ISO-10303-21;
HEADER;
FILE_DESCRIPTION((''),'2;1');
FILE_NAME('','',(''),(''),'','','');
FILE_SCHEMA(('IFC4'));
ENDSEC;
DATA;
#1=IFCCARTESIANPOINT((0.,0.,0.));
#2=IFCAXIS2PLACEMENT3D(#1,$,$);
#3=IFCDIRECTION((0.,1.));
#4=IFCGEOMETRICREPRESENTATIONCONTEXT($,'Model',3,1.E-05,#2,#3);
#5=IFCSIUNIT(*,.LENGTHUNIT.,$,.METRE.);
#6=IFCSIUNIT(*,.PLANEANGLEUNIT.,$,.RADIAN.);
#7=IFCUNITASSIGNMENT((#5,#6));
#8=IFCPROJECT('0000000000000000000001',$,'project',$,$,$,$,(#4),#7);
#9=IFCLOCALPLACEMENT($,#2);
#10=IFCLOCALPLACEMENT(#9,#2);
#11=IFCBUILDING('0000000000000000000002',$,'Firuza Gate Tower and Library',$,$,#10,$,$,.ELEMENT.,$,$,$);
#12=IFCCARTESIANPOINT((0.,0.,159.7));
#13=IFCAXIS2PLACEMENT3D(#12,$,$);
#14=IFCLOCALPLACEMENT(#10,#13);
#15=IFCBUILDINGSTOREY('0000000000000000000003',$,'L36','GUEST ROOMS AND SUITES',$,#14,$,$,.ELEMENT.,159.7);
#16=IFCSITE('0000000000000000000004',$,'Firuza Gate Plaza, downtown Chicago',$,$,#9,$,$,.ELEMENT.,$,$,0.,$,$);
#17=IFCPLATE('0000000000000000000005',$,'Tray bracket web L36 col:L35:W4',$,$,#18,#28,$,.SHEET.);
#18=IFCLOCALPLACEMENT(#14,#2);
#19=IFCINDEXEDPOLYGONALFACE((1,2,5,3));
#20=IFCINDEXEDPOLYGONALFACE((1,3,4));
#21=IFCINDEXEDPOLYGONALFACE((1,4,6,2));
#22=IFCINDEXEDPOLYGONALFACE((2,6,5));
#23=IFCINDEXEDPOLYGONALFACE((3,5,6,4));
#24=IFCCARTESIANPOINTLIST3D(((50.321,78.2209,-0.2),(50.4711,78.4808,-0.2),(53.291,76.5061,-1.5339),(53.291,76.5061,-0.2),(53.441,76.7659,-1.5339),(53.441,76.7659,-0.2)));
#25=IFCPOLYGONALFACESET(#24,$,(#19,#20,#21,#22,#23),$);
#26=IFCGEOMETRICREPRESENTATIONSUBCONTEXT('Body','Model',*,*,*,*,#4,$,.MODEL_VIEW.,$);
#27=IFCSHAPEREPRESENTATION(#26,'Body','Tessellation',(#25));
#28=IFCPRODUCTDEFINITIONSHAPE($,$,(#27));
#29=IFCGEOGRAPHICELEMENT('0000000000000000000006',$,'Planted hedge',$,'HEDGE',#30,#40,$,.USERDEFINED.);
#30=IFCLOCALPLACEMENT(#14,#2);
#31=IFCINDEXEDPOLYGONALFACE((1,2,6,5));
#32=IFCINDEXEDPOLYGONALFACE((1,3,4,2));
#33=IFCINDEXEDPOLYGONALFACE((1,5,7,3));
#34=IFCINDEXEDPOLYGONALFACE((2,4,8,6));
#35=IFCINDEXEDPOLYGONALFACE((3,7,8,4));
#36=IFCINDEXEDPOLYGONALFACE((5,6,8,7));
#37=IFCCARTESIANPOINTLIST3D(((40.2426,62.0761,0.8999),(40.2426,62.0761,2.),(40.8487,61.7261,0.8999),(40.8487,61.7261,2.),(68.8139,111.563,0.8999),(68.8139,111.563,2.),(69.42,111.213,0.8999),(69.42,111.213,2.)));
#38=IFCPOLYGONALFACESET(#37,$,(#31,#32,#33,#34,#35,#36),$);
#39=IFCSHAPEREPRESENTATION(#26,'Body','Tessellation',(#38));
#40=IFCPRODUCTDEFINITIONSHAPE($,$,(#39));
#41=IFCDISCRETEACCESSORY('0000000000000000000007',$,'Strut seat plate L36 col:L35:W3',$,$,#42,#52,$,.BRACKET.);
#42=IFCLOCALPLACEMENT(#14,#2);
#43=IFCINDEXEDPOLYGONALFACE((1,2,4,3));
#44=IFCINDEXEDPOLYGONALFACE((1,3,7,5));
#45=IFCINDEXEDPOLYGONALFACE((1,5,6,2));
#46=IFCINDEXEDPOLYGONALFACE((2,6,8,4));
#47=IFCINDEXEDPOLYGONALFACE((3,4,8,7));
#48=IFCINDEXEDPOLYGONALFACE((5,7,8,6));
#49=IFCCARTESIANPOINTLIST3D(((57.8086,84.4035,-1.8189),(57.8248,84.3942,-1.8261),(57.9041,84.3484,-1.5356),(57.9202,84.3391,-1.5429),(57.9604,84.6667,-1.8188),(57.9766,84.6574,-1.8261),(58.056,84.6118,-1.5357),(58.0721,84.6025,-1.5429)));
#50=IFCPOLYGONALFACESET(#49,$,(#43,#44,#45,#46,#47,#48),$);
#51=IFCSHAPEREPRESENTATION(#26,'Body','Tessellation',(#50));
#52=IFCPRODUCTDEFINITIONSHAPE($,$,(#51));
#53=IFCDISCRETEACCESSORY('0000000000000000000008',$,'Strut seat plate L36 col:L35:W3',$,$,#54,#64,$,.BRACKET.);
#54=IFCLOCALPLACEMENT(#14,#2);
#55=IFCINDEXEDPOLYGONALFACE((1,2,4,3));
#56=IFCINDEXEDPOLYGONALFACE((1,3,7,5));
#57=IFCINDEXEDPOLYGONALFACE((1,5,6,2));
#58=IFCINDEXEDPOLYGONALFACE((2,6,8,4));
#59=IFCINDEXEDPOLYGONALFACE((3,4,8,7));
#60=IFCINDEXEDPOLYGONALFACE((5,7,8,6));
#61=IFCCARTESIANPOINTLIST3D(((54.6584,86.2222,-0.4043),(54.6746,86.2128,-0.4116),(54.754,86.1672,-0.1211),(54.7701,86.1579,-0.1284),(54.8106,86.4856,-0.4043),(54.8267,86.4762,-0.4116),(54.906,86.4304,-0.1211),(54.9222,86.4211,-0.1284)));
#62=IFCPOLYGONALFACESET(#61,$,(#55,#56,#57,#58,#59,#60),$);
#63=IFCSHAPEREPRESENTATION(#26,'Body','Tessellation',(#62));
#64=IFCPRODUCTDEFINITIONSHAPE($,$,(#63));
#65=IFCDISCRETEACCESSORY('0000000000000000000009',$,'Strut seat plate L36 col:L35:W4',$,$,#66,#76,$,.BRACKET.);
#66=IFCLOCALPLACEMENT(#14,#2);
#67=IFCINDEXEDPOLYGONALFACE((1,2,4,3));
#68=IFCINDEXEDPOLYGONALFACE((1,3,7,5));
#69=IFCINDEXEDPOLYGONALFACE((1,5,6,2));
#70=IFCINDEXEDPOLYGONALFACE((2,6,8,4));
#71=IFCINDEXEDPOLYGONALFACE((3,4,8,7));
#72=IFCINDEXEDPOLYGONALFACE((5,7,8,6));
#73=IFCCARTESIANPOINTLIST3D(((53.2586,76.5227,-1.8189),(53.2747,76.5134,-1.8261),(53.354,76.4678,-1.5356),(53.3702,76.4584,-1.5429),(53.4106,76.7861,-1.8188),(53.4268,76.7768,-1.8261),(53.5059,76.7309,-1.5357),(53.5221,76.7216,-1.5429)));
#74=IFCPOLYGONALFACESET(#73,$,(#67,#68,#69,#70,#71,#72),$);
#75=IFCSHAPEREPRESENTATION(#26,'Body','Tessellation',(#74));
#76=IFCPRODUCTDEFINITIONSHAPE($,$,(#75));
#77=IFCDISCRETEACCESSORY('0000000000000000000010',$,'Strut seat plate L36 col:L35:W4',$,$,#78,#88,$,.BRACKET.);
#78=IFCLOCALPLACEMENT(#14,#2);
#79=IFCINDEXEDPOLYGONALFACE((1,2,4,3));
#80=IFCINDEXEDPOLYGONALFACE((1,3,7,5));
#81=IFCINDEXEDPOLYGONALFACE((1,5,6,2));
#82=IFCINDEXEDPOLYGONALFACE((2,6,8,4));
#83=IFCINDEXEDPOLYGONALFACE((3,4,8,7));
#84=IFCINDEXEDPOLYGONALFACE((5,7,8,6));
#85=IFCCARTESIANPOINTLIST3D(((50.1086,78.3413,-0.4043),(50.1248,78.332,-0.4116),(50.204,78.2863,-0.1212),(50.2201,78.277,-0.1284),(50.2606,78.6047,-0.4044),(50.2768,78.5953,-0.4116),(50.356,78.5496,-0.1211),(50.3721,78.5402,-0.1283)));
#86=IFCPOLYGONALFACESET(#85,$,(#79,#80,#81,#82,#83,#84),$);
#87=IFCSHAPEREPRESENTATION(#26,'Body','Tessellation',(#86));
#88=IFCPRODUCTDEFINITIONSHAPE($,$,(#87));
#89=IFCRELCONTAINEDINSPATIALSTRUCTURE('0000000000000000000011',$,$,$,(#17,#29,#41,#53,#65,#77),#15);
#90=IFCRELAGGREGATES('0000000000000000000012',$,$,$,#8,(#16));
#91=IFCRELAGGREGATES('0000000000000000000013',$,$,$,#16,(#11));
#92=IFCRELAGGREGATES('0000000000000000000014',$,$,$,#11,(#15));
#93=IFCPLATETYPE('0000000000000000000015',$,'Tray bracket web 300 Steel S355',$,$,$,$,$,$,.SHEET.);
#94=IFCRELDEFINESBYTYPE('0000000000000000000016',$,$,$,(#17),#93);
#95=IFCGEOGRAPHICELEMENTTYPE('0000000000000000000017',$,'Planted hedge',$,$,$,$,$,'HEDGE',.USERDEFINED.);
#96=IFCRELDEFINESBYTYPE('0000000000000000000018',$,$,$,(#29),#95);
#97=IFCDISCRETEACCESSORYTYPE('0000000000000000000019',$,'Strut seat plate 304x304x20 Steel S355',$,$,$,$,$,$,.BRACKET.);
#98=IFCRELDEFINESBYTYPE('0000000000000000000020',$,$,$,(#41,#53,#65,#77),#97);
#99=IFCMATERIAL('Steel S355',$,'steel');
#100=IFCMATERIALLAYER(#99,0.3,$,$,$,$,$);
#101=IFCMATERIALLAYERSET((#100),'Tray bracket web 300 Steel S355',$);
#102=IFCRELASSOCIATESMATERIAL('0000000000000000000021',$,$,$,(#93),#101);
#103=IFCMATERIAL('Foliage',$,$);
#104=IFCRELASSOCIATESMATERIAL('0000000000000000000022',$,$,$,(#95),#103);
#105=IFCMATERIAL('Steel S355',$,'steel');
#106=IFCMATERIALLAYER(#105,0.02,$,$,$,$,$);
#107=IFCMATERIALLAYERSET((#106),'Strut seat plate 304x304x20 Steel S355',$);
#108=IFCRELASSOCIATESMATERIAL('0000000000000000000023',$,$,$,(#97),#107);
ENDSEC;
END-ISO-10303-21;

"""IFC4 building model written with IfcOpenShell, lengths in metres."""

from ifc_helpers import new_model, si_unit, direction, frame, origin, origin_2d, place, context, subcontext, project, spatial, polyline, rectangle, outline, extrude, material, layer, layer_set, type_object, element, save


model = new_model("IFC4")

# Units and contexts
model_context = context("Model", 3, precision=1e-05, world=origin(), true_north=direction((0.0, 1.0)))
body_context = subcontext(model_context, "Body", "Model", "MODEL_VIEW")
ifc_project = project(units=[si_unit("LENGTHUNIT", "METRE"), si_unit("PLANEANGLEUNIT", "RADIAN")], contexts=[model_context])

# Site, building, storey
site_placement = place(None, origin())
site = spatial("IfcSite", under=ifc_project, at=site_placement, Name="Firuza Gate Plaza, downtown Chicago", CompositionType="ELEMENT", RefElevation=0.0)
building_placement = place(site_placement, origin())
building = spatial("IfcBuilding", under=site, at=building_placement, Name="Firuza Gate Tower and Library", CompositionType="ELEMENT")
storey_placement = place(building_placement, frame((0.0, 0.0, 159.7)))
storey = spatial("IfcBuildingStorey", under=building, at=storey_placement, Name="L36", Description="GUEST ROOMS AND SUITES", CompositionType="ELEMENT", Elevation=159.7)

# Plate
ifc_material_1 = material(Name="Steel S355", Category="steel")
ifc_layer_1 = layer(ifc_material_1, 0.3)
ifc_layer_set_1 = layer_set([ifc_layer_1], Name="Tray bracket web 300 Steel S355")
plate_type_1 = type_object("IfcPlateType", Name="Tray bracket web 300 Steel S355", PredefinedType="SHEET", material=ifc_layer_set_1)
plate_1_placement = place(storey_placement, frame((53.291, 76.5061, -0.2), z_axis=(-0.500029, -0.866009, 0.0), x_axis=(-0.866009, 0.500029, 0.0)))
element("IfcPlate", 1, at=plate_1_placement, inside=storey, type_object=plate_type_1, Name="Tray bracket web L36 col:L35:W4", PredefinedType="SHEET", context=body_context, shape_type="SweptSolid", body=[
    extrude(outline(polyline([(0.0, 0.0), (3.4295, 0.0), (0.0, 1.334), (0.0, 0.0)])), origin(), (0.0, 0.0, -1.0), 0.3),
])

# Geographic element
ifc_material_2 = material(Name="Foliage")
geographic_element_type = type_object("IfcGeographicElementType", Name="Planted hedge", ElementType="HEDGE", PredefinedType="USERDEFINED", material=ifc_material_2)
geographic_element_placement = place(storey_placement, frame((54.8313, 86.6445, 0.8999), z_axis=(0.0, 0.0, 1.0), x_axis=(-0.5, -0.866025, 0.0)))
element("IfcGeographicElement", 2, at=geographic_element_placement, inside=storey, type_object=geographic_element_type, Name="Planted hedge", ObjectType="HEDGE", PredefinedType="USERDEFINED", context=body_context, shape_type="SweptSolid", body=[
    extrude(rectangle(XDim=57.1426, YDim=0.7, at=origin_2d()), origin(), (0.0, 0.0, 1.0), 1.1001),
])

# Discrete accessories
ifc_material_3 = material(Name="Steel S355", Category="steel")
ifc_layer_2 = layer(ifc_material_3, 0.02)
ifc_layer_set_2 = layer_set([ifc_layer_2], Name="Strut seat plate 304x304x20 Steel S355")
discrete_accessory_type = type_object("IfcDiscreteAccessoryType", Name="Strut seat plate 304x304x20 Steel S355", PredefinedType="BRACKET", material=ifc_layer_set_2)
discrete_accessory_1_placement = place(storey_placement, frame((57.9041, 84.3484, -1.5356), z_axis=(-0.807298, 0.46559, 0.362624), x_axis=(0.499572, 0.866272, -0.000068)))
element("IfcDiscreteAccessory", 3, at=discrete_accessory_1_placement, inside=storey, type_object=discrete_accessory_type, Name="Strut seat plate L36 col:L35:W3", PredefinedType="BRACKET", context=body_context, shape_type="SweptSolid", body=[
    extrude(outline(polyline([(0.0, 0.0), (0.3041, 0.0), (0.304, 0.3039), (0.0001, 0.3039), (0.0, 0.0)])), origin(), (0.0, 0.0, -1.0), 0.02),
])
discrete_accessory_2_placement = place(storey_placement, frame((54.906, 86.4304, -0.1211), z_axis=(-0.806974, 0.466152, 0.362624), x_axis=(-0.50022, -0.865898, -0.000068)))
element("IfcDiscreteAccessory", 4, at=discrete_accessory_2_placement, inside=storey, type_object=discrete_accessory_type, Name="Strut seat plate L36 col:L35:W3", PredefinedType="BRACKET", context=body_context, shape_type="SweptSolid", body=[
    extrude(outline(polyline([(0.0, 0.0), (0.304, 0.0), (0.3042, -0.3039), (0.0, -0.3039), (0.0, 0.0)])), origin(), (0.0, 0.0, -1.0), 0.02),
])
discrete_accessory_3_placement = place(storey_placement, frame((53.354, 76.4678, -1.5356), z_axis=(-0.807237, 0.46593, 0.362322), x_axis=(0.49988, 0.866095, -0.00005)))
element("IfcDiscreteAccessory", 5, at=discrete_accessory_3_placement, inside=storey, type_object=discrete_accessory_type, Name="Strut seat plate L36 col:L35:W4", PredefinedType="BRACKET", context=body_context, shape_type="SweptSolid", body=[
    extrude(outline(polyline([(0.0, 0.0), (0.3039, 0.0), (0.3041, 0.3038), (-0.0001, 0.3039), (0.0, 0.0)])), origin(), (0.0, 0.0, -1.0), 0.02),
])
discrete_accessory_4_placement = place(storey_placement, frame((50.356, 78.5496, -0.1211), z_axis=(-0.807237, 0.46593, 0.362322), x_axis=(-0.499959, -0.866049, -0.000185)))
element("IfcDiscreteAccessory", 6, at=discrete_accessory_4_placement, inside=storey, type_object=discrete_accessory_type, Name="Strut seat plate L36 col:L35:W4", PredefinedType="BRACKET", context=body_context, shape_type="SweptSolid", body=[
    extrude(outline(polyline([(0.0, 0.0), (0.304, 0.0), (0.3041, -0.3038), (0.0, -0.3039), (0.0, 0.0)])), origin(), (0.0, 0.0, -1.0), 0.02),
])

save(model, "model.ifc")
